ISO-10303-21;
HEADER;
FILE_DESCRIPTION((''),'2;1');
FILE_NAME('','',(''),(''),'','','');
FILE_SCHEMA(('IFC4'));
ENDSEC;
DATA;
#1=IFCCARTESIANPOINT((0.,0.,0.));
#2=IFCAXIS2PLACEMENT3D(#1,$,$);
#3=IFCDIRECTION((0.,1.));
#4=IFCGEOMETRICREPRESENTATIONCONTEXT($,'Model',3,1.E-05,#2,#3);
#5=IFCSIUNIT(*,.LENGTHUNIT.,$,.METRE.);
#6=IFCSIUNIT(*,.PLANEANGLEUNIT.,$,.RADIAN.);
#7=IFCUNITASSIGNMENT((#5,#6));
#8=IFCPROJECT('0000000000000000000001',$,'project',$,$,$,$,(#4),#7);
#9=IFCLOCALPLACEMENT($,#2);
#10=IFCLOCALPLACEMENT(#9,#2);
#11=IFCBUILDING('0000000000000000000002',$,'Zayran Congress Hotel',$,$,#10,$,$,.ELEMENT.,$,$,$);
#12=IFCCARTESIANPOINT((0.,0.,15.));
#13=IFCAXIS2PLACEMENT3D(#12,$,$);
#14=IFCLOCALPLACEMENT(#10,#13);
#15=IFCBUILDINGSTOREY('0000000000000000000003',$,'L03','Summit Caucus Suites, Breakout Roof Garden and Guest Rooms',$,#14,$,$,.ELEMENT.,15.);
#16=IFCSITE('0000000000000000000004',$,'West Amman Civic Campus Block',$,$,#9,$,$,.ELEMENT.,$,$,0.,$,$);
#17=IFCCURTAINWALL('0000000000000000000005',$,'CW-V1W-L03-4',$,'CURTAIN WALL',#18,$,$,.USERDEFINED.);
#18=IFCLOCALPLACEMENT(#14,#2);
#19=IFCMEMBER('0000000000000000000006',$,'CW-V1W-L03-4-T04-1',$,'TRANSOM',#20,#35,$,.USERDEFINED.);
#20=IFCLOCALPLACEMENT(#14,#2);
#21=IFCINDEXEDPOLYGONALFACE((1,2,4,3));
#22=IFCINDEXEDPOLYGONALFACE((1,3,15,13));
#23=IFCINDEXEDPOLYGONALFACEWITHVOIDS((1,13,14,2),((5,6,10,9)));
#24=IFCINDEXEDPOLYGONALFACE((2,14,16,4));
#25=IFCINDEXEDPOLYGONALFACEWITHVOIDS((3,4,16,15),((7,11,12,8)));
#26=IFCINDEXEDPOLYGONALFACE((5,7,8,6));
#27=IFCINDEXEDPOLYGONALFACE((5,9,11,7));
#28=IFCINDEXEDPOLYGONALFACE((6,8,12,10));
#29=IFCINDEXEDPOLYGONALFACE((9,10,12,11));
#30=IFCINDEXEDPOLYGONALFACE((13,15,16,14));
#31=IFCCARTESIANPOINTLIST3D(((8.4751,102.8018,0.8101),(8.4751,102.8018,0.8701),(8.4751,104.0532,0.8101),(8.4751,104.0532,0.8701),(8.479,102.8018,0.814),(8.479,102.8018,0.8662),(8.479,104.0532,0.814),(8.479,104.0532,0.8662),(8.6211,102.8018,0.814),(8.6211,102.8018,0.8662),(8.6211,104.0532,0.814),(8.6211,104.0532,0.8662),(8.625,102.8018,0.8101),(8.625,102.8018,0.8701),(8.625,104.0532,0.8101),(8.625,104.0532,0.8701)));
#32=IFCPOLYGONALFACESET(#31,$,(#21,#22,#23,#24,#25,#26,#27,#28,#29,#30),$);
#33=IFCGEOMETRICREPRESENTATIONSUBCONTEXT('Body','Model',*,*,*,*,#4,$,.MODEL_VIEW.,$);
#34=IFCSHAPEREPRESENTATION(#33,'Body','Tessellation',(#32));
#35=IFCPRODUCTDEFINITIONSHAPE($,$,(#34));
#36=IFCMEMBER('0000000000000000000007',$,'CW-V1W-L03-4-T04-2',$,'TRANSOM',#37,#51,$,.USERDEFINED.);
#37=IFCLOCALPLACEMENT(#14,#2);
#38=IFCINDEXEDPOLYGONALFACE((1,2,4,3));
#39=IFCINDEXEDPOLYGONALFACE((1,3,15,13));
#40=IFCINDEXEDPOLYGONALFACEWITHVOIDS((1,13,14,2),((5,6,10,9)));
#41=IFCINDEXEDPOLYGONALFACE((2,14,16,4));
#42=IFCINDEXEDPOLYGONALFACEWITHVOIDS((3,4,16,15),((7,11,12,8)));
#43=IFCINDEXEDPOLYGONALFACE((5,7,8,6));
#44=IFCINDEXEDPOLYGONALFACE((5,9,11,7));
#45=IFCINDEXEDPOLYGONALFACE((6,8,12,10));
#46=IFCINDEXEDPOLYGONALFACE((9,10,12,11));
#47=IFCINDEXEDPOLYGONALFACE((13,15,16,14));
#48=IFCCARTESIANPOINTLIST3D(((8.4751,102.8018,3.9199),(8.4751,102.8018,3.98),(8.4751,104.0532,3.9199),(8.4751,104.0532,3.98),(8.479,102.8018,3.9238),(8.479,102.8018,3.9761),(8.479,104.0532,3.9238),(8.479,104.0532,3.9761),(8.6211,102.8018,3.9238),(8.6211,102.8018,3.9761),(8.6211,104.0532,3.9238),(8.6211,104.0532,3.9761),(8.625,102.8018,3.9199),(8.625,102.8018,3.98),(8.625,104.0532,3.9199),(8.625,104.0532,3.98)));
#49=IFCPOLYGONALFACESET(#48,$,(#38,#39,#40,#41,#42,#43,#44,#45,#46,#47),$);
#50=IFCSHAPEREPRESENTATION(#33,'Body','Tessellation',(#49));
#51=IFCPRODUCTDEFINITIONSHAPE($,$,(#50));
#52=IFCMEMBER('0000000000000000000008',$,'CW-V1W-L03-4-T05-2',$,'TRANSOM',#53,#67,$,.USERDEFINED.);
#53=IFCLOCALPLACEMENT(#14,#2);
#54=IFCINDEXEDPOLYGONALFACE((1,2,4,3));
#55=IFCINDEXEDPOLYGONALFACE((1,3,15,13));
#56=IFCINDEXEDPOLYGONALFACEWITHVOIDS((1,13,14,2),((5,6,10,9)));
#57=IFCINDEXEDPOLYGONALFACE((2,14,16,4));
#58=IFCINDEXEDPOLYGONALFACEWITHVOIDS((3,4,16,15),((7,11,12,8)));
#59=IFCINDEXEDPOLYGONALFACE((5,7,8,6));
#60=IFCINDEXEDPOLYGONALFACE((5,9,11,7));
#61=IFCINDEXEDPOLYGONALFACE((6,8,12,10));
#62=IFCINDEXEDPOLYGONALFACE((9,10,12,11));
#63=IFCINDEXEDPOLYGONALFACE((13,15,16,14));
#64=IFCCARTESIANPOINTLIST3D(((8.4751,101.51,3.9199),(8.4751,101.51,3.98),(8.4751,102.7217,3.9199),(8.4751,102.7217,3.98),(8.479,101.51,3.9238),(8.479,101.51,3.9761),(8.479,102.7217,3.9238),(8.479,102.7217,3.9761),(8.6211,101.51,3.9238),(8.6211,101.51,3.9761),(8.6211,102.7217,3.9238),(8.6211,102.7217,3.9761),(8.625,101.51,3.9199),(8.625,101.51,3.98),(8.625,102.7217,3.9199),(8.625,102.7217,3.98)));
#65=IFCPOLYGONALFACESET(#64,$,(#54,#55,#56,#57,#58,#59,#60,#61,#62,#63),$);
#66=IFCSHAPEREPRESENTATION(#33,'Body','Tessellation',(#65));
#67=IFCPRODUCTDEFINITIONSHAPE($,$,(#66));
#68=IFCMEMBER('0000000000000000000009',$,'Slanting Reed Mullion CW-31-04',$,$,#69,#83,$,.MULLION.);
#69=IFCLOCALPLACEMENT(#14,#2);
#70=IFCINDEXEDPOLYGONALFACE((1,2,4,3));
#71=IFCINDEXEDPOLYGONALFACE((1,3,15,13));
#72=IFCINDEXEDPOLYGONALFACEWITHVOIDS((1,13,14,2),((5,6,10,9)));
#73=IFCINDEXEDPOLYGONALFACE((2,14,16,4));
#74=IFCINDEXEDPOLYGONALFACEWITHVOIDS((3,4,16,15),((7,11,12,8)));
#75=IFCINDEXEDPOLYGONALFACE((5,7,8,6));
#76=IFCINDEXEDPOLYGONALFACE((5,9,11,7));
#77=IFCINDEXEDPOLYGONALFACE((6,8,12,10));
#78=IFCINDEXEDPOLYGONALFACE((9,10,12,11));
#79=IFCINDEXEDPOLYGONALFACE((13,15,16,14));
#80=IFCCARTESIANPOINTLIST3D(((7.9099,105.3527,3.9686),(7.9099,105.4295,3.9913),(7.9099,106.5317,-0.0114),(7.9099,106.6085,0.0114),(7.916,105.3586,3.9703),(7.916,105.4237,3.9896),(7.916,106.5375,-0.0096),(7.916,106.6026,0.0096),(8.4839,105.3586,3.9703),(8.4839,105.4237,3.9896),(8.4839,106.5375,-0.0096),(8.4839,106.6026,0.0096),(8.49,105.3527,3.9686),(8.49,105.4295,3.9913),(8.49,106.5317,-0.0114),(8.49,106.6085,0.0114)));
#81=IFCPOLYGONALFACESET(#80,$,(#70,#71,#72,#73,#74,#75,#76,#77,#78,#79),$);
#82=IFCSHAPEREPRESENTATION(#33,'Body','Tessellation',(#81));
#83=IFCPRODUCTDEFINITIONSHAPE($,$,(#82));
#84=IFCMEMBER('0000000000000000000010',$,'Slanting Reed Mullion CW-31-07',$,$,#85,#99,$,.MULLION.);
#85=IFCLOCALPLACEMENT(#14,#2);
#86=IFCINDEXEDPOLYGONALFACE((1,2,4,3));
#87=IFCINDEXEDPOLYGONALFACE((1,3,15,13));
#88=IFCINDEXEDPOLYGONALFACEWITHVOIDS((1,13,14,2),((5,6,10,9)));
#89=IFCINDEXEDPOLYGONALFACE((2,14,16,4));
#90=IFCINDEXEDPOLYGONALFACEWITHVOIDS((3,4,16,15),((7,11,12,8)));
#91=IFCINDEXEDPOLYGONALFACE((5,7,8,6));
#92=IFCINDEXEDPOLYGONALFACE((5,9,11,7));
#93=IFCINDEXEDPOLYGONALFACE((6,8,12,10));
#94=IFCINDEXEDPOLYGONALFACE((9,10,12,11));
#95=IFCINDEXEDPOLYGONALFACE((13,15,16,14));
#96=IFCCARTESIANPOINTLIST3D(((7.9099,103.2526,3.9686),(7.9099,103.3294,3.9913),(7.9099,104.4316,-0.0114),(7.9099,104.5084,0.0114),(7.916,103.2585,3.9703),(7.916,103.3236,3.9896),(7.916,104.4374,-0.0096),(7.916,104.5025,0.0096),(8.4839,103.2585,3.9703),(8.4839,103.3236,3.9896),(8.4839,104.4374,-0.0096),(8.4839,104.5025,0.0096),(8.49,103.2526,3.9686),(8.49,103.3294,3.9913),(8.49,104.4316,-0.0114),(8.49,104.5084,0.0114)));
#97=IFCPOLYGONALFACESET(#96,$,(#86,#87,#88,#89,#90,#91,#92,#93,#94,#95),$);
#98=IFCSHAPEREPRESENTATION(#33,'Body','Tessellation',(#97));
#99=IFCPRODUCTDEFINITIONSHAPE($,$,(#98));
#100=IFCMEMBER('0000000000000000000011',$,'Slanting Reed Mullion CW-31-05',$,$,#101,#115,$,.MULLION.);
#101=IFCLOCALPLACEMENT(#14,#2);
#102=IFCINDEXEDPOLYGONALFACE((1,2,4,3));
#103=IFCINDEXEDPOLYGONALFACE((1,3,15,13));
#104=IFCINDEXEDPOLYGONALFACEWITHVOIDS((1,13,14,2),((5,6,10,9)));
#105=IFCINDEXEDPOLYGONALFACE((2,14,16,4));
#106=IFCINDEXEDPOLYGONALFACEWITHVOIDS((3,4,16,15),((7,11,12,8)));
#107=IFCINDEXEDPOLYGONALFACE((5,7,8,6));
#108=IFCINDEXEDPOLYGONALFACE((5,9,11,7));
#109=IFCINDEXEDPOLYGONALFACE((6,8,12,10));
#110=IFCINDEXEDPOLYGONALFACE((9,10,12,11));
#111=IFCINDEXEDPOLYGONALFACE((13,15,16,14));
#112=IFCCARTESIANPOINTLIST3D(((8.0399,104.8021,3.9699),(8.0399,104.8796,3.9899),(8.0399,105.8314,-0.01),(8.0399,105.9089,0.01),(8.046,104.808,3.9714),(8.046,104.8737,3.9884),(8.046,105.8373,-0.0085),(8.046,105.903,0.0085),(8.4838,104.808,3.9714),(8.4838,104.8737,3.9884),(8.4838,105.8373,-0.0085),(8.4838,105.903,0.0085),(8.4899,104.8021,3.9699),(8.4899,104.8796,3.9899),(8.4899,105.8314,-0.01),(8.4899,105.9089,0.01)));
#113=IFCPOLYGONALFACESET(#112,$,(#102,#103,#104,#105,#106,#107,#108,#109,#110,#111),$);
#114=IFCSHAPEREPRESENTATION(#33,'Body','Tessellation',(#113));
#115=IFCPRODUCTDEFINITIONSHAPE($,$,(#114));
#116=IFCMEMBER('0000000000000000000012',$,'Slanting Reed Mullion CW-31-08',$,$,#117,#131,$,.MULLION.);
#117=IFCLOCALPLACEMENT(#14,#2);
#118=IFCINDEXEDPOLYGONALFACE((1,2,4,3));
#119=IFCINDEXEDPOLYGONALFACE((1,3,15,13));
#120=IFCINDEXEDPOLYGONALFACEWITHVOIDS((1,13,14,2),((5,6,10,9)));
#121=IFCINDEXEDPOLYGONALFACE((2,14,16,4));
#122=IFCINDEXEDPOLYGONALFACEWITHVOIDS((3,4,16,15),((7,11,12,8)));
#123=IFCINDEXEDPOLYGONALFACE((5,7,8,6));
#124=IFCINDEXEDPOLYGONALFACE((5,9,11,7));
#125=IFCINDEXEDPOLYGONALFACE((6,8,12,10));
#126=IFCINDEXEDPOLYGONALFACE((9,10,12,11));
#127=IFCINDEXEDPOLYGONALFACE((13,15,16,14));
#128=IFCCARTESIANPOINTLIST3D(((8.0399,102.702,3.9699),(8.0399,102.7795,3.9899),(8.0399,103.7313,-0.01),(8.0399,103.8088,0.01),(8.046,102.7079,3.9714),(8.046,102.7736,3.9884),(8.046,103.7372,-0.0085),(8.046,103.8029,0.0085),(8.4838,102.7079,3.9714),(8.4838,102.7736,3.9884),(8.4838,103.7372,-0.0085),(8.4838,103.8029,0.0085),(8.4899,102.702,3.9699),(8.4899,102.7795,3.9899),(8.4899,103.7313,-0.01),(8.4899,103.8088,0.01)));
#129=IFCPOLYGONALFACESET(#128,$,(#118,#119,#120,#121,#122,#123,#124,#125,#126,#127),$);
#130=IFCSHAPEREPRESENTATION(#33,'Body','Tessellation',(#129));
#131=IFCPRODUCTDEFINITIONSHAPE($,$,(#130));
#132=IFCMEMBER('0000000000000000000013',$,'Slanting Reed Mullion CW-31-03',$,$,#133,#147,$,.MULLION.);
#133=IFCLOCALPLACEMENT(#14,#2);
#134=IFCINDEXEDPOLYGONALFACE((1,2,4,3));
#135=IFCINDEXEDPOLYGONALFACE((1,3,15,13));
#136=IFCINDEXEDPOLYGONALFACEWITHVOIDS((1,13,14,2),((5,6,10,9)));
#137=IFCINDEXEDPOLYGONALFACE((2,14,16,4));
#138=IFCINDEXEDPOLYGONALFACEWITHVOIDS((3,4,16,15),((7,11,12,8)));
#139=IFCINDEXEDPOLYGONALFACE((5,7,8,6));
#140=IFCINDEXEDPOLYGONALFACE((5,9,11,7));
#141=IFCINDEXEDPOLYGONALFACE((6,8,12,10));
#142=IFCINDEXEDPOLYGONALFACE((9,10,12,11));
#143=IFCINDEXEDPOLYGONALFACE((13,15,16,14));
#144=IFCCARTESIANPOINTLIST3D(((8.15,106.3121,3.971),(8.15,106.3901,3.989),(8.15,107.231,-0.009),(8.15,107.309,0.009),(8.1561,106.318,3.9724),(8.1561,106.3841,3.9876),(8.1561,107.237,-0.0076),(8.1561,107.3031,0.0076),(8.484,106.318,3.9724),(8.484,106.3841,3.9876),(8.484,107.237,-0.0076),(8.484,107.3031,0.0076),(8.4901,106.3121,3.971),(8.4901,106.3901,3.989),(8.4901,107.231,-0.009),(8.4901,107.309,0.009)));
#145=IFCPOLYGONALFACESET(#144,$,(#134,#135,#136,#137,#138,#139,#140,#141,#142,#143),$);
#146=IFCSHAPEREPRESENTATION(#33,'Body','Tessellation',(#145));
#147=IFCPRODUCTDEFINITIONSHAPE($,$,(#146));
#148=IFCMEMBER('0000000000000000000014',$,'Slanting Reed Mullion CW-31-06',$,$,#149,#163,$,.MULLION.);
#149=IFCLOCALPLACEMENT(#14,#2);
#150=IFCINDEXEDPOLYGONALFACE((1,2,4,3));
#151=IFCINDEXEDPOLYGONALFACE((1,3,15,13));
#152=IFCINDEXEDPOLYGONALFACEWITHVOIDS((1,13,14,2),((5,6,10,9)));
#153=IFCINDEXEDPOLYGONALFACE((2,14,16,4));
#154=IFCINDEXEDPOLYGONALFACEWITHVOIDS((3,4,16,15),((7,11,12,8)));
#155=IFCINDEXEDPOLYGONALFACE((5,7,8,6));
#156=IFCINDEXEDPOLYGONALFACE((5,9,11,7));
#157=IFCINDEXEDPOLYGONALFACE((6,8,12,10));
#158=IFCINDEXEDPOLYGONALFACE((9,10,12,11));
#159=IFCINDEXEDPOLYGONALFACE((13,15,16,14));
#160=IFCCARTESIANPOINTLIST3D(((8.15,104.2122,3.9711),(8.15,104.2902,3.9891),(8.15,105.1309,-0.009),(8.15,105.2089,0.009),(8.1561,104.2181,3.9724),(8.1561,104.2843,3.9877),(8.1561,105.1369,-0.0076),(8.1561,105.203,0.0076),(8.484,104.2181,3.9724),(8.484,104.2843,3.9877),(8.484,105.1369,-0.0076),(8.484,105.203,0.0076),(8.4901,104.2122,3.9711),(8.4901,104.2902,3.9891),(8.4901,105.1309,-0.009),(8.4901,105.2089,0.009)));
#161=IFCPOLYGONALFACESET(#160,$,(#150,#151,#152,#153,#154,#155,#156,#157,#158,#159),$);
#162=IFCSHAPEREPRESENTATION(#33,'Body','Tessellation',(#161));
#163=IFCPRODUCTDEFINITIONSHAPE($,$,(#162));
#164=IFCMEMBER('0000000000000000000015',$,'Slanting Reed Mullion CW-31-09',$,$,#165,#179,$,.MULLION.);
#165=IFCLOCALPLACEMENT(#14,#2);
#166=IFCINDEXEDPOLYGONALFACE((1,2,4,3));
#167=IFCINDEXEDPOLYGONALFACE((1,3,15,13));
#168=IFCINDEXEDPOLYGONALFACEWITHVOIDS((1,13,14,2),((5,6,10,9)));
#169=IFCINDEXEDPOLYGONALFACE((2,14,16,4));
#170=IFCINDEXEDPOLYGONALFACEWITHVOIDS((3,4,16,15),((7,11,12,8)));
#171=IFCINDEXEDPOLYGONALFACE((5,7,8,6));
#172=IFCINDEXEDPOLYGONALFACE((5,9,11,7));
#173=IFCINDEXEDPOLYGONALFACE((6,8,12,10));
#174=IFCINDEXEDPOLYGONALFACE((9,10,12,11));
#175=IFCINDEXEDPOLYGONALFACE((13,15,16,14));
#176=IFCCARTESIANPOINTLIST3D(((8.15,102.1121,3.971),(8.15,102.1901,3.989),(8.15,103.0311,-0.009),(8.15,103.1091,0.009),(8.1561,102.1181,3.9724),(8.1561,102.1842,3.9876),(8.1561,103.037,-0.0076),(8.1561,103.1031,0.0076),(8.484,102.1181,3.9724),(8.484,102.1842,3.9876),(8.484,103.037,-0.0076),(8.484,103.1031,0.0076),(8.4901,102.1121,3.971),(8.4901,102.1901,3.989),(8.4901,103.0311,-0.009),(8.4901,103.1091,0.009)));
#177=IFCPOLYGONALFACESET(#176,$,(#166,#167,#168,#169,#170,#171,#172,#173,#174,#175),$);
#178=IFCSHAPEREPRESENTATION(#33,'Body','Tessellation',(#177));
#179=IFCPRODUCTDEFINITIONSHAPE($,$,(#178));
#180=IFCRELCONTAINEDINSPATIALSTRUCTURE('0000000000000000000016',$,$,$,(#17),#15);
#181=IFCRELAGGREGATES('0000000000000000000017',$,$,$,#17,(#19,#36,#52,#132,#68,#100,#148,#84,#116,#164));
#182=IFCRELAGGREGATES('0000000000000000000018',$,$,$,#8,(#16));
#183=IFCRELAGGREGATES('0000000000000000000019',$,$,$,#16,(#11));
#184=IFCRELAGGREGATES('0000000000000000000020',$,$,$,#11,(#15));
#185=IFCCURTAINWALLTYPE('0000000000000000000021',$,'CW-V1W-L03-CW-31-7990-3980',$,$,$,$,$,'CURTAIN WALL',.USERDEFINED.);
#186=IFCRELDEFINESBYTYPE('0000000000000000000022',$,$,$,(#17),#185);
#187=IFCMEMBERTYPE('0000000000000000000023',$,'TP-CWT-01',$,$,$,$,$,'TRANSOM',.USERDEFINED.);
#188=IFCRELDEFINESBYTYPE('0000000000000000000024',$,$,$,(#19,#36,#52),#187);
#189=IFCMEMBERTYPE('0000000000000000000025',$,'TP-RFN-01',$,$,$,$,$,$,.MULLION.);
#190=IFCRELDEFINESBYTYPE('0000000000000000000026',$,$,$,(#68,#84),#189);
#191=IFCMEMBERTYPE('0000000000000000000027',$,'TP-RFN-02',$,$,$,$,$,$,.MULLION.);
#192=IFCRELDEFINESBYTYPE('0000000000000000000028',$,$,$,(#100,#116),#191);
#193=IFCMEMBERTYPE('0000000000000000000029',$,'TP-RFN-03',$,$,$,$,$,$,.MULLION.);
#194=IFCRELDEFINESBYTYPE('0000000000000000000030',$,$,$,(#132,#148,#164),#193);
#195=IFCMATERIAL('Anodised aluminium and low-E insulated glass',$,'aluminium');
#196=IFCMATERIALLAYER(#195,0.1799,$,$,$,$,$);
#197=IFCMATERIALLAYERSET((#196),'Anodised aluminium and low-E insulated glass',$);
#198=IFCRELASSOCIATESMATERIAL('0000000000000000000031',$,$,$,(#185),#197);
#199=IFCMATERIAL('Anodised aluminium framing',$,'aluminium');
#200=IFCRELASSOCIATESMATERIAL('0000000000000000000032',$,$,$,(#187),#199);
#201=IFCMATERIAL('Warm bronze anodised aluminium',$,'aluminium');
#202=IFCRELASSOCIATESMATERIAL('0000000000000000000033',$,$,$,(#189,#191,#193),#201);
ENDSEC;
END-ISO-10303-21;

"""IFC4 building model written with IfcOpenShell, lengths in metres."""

from ifc_helpers import new_model, si_unit, direction, frame, origin, origin_2d, place, context, subcontext, project, spatial, hollow_rectangle, extrude, material, layer, layer_set, material_profile, profile_set, type_object, element, aggregate, save


model = new_model("IFC4")

# Units and contexts
model_context = context("Model", 3, precision=1e-05, world=origin(), true_north=direction((0.0, 1.0)))
body_context = subcontext(model_context, "Body", "Model", "MODEL_VIEW")
ifc_project = project(units=[si_unit("LENGTHUNIT", "METRE"), si_unit("PLANEANGLEUNIT", "RADIAN")], contexts=[model_context])

# Site, building, storey
site_placement = place(None, origin())
site = spatial("IfcSite", under=ifc_project, at=site_placement, Name="West Amman Civic Campus Block", CompositionType="ELEMENT", RefElevation=0.0)
building_placement = place(site_placement, origin())
building = spatial("IfcBuilding", under=site, at=building_placement, Name="Zayran Congress Hotel", CompositionType="ELEMENT")
storey_placement = place(building_placement, frame((0.0, 0.0, 15.0)))
storey = spatial("IfcBuildingStorey", under=building, at=storey_placement, Name="L03", Description="Summit Caucus Suites, Breakout Roof Garden and Guest Rooms", CompositionType="ELEMENT", Elevation=15.0)

# Curtain wall, members
ifc_material_1 = material(Name="Anodised aluminium and low-E insulated glass", Category="aluminium")
ifc_layer_1 = layer(ifc_material_1, 0.1799)
ifc_layer_set_1 = layer_set([ifc_layer_1], Name="Anodised aluminium and low-E insulated glass")
curtain_wall_type = type_object("IfcCurtainWallType", Name="CW-V1W-L03-CW-31-7990-3980", ElementType="CURTAIN WALL", PredefinedType="USERDEFINED", material=ifc_layer_set_1)
curtain_wall_placement = place(storey_placement, origin())
curtain_wall = element("IfcCurtainWall", 1, at=curtain_wall_placement, inside=storey, type_object=curtain_wall_type, Name="CW-V1W-L03-4", ObjectType="CURTAIN WALL", PredefinedType="USERDEFINED")
ifc_material_2 = material(Name="Anodised aluminium framing", Category="aluminium")
ifc_material_profile_1 = material_profile(ifc_material_2, hollow_rectangle(XDim=0.0601, YDim=0.1499, WallThickness=0.0039, at=origin_2d()), Name="RHS 150x60x4")
ifc_profile_set_1 = profile_set([ifc_material_profile_1], Name="Anodised aluminium framing")
member_type_1 = type_object("IfcMemberType", Name="TP-CWT-01", ElementType="TRANSOM", PredefinedType="USERDEFINED", material=ifc_profile_set_1)
member_1_placement = place(storey_placement, frame((8.55, 104.0532, 0.8401), z_axis=(0.0, -1.0, 0.0), x_axis=(0.0, 0.0, 1.0)))
member_1 = element("IfcMember", 2, at=member_1_placement, type_object=member_type_1, Name="CW-V1W-L03-4-T04-1", ObjectType="TRANSOM", PredefinedType="USERDEFINED", context=body_context, shape_type="SweptSolid", body=[
    extrude(hollow_rectangle(XDim=0.0601, YDim=0.1499, WallThickness=0.0039, at=origin_2d()), origin(), (0.0, 0.0, 1.0), 1.2515),
])
member_2_placement = place(storey_placement, frame((8.55, 104.0532, 3.95), z_axis=(0.0, -1.0, 0.0), x_axis=(0.0, 0.0, 1.0)))
member_2 = element("IfcMember", 3, at=member_2_placement, type_object=member_type_1, Name="CW-V1W-L03-4-T04-2", ObjectType="TRANSOM", PredefinedType="USERDEFINED", context=body_context, shape_type="SweptSolid", body=[
    extrude(hollow_rectangle(XDim=0.0601, YDim=0.1499, WallThickness=0.0039, at=origin_2d()), origin(), (0.0, 0.0, 1.0), 1.2515),
])
member_3_placement = place(storey_placement, frame((8.55, 102.7217, 3.95), z_axis=(0.0, -1.0, 0.0), x_axis=(0.0, 0.0, 1.0)))
member_3 = element("IfcMember", 4, at=member_3_placement, type_object=member_type_1, Name="CW-V1W-L03-4-T05-2", ObjectType="TRANSOM", PredefinedType="USERDEFINED", context=body_context, shape_type="SweptSolid", body=[
    extrude(hollow_rectangle(XDim=0.0601, YDim=0.1499, WallThickness=0.0039, at=origin_2d()), origin(), (0.0, 0.0, 1.0), 1.2117),
])
ifc_material_3 = material(Name="Warm bronze anodised aluminium", Category="aluminium")
ifc_material_profile_2 = material_profile(ifc_material_3, hollow_rectangle(XDim=0.0801, YDim=0.5801, WallThickness=0.0061, at=origin_2d()), Name="RHS 580x80x6")
ifc_profile_set_2 = profile_set([ifc_material_profile_2], Name="Warm bronze anodised aluminium")
member_type_2 = type_object("IfcMemberType", Name="TP-RFN-01", PredefinedType="MULLION", material=ifc_profile_set_2)
member_4_placement = place(storey_placement, frame((8.2, 106.5701, 0.0), z_axis=(0.0, -0.284022, 0.958818), x_axis=(0.0, 0.958818, 0.284022)))
member_4 = element("IfcMember", 5, at=member_4_placement, type_object=member_type_2, Name="Slanting Reed Mullion CW-31-04", PredefinedType="MULLION", context=body_context, shape_type="SweptSolid", body=[
    extrude(hollow_rectangle(XDim=0.0801, YDim=0.5801, WallThickness=0.0061, at=origin_2d()), origin(), (0.0, 0.0, 1.0), 4.1509),
])
member_5_placement = place(storey_placement, frame((8.2, 104.47, 0.0), z_axis=(0.0, -0.284022, 0.958818), x_axis=(0.0, 0.958818, 0.284022)))
member_5 = element("IfcMember", 6, at=member_5_placement, type_object=member_type_2, Name="Slanting Reed Mullion CW-31-07", PredefinedType="MULLION", context=body_context, shape_type="SweptSolid", body=[
    extrude(hollow_rectangle(XDim=0.0801, YDim=0.5801, WallThickness=0.0061, at=origin_2d()), origin(), (0.0, 0.0, 1.0), 4.1509),
])
ifc_material_profile_3 = material_profile(ifc_material_3, hollow_rectangle(XDim=0.0801, YDim=0.45, WallThickness=0.0061, at=origin_2d()), Name="RHS 450x80x6")
ifc_profile_set_3 = profile_set([ifc_material_profile_3], Name="Warm bronze anodised aluminium")
member_type_3 = type_object("IfcMemberType", Name="TP-RFN-02", PredefinedType="MULLION", material=ifc_profile_set_3)
member_6_placement = place(storey_placement, frame((8.2649, 105.8701, 0.0), z_axis=(0.0, -0.250381, 0.968147), x_axis=(0.0, 0.968147, 0.250381)))
member_6 = element("IfcMember", 7, at=member_6_placement, type_object=member_type_3, Name="Slanting Reed Mullion CW-31-05", PredefinedType="MULLION", context=body_context, shape_type="SweptSolid", body=[
    extrude(hollow_rectangle(XDim=0.0801, YDim=0.45, WallThickness=0.0061, at=origin_2d()), origin(), (0.0, 0.0, 1.0), 4.1108),
])
member_7_placement = place(storey_placement, frame((8.2649, 103.77, 0.0), z_axis=(0.0, -0.250381, 0.968147), x_axis=(0.0, 0.968147, 0.250381)))
member_7 = element("IfcMember", 8, at=member_7_placement, type_object=member_type_3, Name="Slanting Reed Mullion CW-31-08", PredefinedType="MULLION", context=body_context, shape_type="SweptSolid", body=[
    extrude(hollow_rectangle(XDim=0.0801, YDim=0.45, WallThickness=0.0061, at=origin_2d()), origin(), (0.0, 0.0, 1.0), 4.1108),
])
ifc_material_profile_4 = material_profile(ifc_material_3, hollow_rectangle(XDim=0.0801, YDim=0.3401, WallThickness=0.0061, at=origin_2d()), Name="RHS 340x80x6")
ifc_profile_set_4 = profile_set([ifc_material_profile_4], Name="Warm bronze anodised aluminium")
member_type_4 = type_object("IfcMemberType", Name="TP-RFN-03", PredefinedType="MULLION", material=ifc_profile_set_4)
member_8_placement = place(storey_placement, frame((8.3201, 107.27, 0.0), z_axis=(0.0, -0.224973, 0.974365), x_axis=(0.0, 0.974365, 0.224973)))
member_8 = element("IfcMember", 9, at=member_8_placement, type_object=member_type_4, Name="Slanting Reed Mullion CW-31-03", PredefinedType="MULLION", context=body_context, shape_type="SweptSolid", body=[
    extrude(hollow_rectangle(XDim=0.0801, YDim=0.3401, WallThickness=0.0061, at=origin_2d()), origin(), (0.0, 0.0, 1.0), 4.0847),
])
member_9_placement = place(storey_placement, frame((8.3201, 105.1699, 0.0), z_axis=(0.0, -0.224916, 0.974378), x_axis=(0.0, 0.974378, 0.224916)))
member_9 = element("IfcMember", 10, at=member_9_placement, type_object=member_type_4, Name="Slanting Reed Mullion CW-31-06", PredefinedType="MULLION", context=body_context, shape_type="SweptSolid", body=[
    extrude(hollow_rectangle(XDim=0.0801, YDim=0.3401, WallThickness=0.0061, at=origin_2d()), origin(), (0.0, 0.0, 1.0), 4.0847),
])
member_10_placement = place(storey_placement, frame((8.3201, 103.0701, 0.0), z_axis=(0.0, -0.224973, 0.974365), x_axis=(0.0, 0.974365, 0.224973)))
member_10 = element("IfcMember", 11, at=member_10_placement, type_object=member_type_4, Name="Slanting Reed Mullion CW-31-09", PredefinedType="MULLION", context=body_context, shape_type="SweptSolid", body=[
    extrude(hollow_rectangle(XDim=0.0801, YDim=0.3401, WallThickness=0.0061, at=origin_2d()), origin(), (0.0, 0.0, 1.0), 4.0847),
])
aggregate(curtain_wall, [member_1, member_2, member_3, member_8, member_4, member_6, member_9, member_5, member_7, member_10])

save(model, "model.ifc")
